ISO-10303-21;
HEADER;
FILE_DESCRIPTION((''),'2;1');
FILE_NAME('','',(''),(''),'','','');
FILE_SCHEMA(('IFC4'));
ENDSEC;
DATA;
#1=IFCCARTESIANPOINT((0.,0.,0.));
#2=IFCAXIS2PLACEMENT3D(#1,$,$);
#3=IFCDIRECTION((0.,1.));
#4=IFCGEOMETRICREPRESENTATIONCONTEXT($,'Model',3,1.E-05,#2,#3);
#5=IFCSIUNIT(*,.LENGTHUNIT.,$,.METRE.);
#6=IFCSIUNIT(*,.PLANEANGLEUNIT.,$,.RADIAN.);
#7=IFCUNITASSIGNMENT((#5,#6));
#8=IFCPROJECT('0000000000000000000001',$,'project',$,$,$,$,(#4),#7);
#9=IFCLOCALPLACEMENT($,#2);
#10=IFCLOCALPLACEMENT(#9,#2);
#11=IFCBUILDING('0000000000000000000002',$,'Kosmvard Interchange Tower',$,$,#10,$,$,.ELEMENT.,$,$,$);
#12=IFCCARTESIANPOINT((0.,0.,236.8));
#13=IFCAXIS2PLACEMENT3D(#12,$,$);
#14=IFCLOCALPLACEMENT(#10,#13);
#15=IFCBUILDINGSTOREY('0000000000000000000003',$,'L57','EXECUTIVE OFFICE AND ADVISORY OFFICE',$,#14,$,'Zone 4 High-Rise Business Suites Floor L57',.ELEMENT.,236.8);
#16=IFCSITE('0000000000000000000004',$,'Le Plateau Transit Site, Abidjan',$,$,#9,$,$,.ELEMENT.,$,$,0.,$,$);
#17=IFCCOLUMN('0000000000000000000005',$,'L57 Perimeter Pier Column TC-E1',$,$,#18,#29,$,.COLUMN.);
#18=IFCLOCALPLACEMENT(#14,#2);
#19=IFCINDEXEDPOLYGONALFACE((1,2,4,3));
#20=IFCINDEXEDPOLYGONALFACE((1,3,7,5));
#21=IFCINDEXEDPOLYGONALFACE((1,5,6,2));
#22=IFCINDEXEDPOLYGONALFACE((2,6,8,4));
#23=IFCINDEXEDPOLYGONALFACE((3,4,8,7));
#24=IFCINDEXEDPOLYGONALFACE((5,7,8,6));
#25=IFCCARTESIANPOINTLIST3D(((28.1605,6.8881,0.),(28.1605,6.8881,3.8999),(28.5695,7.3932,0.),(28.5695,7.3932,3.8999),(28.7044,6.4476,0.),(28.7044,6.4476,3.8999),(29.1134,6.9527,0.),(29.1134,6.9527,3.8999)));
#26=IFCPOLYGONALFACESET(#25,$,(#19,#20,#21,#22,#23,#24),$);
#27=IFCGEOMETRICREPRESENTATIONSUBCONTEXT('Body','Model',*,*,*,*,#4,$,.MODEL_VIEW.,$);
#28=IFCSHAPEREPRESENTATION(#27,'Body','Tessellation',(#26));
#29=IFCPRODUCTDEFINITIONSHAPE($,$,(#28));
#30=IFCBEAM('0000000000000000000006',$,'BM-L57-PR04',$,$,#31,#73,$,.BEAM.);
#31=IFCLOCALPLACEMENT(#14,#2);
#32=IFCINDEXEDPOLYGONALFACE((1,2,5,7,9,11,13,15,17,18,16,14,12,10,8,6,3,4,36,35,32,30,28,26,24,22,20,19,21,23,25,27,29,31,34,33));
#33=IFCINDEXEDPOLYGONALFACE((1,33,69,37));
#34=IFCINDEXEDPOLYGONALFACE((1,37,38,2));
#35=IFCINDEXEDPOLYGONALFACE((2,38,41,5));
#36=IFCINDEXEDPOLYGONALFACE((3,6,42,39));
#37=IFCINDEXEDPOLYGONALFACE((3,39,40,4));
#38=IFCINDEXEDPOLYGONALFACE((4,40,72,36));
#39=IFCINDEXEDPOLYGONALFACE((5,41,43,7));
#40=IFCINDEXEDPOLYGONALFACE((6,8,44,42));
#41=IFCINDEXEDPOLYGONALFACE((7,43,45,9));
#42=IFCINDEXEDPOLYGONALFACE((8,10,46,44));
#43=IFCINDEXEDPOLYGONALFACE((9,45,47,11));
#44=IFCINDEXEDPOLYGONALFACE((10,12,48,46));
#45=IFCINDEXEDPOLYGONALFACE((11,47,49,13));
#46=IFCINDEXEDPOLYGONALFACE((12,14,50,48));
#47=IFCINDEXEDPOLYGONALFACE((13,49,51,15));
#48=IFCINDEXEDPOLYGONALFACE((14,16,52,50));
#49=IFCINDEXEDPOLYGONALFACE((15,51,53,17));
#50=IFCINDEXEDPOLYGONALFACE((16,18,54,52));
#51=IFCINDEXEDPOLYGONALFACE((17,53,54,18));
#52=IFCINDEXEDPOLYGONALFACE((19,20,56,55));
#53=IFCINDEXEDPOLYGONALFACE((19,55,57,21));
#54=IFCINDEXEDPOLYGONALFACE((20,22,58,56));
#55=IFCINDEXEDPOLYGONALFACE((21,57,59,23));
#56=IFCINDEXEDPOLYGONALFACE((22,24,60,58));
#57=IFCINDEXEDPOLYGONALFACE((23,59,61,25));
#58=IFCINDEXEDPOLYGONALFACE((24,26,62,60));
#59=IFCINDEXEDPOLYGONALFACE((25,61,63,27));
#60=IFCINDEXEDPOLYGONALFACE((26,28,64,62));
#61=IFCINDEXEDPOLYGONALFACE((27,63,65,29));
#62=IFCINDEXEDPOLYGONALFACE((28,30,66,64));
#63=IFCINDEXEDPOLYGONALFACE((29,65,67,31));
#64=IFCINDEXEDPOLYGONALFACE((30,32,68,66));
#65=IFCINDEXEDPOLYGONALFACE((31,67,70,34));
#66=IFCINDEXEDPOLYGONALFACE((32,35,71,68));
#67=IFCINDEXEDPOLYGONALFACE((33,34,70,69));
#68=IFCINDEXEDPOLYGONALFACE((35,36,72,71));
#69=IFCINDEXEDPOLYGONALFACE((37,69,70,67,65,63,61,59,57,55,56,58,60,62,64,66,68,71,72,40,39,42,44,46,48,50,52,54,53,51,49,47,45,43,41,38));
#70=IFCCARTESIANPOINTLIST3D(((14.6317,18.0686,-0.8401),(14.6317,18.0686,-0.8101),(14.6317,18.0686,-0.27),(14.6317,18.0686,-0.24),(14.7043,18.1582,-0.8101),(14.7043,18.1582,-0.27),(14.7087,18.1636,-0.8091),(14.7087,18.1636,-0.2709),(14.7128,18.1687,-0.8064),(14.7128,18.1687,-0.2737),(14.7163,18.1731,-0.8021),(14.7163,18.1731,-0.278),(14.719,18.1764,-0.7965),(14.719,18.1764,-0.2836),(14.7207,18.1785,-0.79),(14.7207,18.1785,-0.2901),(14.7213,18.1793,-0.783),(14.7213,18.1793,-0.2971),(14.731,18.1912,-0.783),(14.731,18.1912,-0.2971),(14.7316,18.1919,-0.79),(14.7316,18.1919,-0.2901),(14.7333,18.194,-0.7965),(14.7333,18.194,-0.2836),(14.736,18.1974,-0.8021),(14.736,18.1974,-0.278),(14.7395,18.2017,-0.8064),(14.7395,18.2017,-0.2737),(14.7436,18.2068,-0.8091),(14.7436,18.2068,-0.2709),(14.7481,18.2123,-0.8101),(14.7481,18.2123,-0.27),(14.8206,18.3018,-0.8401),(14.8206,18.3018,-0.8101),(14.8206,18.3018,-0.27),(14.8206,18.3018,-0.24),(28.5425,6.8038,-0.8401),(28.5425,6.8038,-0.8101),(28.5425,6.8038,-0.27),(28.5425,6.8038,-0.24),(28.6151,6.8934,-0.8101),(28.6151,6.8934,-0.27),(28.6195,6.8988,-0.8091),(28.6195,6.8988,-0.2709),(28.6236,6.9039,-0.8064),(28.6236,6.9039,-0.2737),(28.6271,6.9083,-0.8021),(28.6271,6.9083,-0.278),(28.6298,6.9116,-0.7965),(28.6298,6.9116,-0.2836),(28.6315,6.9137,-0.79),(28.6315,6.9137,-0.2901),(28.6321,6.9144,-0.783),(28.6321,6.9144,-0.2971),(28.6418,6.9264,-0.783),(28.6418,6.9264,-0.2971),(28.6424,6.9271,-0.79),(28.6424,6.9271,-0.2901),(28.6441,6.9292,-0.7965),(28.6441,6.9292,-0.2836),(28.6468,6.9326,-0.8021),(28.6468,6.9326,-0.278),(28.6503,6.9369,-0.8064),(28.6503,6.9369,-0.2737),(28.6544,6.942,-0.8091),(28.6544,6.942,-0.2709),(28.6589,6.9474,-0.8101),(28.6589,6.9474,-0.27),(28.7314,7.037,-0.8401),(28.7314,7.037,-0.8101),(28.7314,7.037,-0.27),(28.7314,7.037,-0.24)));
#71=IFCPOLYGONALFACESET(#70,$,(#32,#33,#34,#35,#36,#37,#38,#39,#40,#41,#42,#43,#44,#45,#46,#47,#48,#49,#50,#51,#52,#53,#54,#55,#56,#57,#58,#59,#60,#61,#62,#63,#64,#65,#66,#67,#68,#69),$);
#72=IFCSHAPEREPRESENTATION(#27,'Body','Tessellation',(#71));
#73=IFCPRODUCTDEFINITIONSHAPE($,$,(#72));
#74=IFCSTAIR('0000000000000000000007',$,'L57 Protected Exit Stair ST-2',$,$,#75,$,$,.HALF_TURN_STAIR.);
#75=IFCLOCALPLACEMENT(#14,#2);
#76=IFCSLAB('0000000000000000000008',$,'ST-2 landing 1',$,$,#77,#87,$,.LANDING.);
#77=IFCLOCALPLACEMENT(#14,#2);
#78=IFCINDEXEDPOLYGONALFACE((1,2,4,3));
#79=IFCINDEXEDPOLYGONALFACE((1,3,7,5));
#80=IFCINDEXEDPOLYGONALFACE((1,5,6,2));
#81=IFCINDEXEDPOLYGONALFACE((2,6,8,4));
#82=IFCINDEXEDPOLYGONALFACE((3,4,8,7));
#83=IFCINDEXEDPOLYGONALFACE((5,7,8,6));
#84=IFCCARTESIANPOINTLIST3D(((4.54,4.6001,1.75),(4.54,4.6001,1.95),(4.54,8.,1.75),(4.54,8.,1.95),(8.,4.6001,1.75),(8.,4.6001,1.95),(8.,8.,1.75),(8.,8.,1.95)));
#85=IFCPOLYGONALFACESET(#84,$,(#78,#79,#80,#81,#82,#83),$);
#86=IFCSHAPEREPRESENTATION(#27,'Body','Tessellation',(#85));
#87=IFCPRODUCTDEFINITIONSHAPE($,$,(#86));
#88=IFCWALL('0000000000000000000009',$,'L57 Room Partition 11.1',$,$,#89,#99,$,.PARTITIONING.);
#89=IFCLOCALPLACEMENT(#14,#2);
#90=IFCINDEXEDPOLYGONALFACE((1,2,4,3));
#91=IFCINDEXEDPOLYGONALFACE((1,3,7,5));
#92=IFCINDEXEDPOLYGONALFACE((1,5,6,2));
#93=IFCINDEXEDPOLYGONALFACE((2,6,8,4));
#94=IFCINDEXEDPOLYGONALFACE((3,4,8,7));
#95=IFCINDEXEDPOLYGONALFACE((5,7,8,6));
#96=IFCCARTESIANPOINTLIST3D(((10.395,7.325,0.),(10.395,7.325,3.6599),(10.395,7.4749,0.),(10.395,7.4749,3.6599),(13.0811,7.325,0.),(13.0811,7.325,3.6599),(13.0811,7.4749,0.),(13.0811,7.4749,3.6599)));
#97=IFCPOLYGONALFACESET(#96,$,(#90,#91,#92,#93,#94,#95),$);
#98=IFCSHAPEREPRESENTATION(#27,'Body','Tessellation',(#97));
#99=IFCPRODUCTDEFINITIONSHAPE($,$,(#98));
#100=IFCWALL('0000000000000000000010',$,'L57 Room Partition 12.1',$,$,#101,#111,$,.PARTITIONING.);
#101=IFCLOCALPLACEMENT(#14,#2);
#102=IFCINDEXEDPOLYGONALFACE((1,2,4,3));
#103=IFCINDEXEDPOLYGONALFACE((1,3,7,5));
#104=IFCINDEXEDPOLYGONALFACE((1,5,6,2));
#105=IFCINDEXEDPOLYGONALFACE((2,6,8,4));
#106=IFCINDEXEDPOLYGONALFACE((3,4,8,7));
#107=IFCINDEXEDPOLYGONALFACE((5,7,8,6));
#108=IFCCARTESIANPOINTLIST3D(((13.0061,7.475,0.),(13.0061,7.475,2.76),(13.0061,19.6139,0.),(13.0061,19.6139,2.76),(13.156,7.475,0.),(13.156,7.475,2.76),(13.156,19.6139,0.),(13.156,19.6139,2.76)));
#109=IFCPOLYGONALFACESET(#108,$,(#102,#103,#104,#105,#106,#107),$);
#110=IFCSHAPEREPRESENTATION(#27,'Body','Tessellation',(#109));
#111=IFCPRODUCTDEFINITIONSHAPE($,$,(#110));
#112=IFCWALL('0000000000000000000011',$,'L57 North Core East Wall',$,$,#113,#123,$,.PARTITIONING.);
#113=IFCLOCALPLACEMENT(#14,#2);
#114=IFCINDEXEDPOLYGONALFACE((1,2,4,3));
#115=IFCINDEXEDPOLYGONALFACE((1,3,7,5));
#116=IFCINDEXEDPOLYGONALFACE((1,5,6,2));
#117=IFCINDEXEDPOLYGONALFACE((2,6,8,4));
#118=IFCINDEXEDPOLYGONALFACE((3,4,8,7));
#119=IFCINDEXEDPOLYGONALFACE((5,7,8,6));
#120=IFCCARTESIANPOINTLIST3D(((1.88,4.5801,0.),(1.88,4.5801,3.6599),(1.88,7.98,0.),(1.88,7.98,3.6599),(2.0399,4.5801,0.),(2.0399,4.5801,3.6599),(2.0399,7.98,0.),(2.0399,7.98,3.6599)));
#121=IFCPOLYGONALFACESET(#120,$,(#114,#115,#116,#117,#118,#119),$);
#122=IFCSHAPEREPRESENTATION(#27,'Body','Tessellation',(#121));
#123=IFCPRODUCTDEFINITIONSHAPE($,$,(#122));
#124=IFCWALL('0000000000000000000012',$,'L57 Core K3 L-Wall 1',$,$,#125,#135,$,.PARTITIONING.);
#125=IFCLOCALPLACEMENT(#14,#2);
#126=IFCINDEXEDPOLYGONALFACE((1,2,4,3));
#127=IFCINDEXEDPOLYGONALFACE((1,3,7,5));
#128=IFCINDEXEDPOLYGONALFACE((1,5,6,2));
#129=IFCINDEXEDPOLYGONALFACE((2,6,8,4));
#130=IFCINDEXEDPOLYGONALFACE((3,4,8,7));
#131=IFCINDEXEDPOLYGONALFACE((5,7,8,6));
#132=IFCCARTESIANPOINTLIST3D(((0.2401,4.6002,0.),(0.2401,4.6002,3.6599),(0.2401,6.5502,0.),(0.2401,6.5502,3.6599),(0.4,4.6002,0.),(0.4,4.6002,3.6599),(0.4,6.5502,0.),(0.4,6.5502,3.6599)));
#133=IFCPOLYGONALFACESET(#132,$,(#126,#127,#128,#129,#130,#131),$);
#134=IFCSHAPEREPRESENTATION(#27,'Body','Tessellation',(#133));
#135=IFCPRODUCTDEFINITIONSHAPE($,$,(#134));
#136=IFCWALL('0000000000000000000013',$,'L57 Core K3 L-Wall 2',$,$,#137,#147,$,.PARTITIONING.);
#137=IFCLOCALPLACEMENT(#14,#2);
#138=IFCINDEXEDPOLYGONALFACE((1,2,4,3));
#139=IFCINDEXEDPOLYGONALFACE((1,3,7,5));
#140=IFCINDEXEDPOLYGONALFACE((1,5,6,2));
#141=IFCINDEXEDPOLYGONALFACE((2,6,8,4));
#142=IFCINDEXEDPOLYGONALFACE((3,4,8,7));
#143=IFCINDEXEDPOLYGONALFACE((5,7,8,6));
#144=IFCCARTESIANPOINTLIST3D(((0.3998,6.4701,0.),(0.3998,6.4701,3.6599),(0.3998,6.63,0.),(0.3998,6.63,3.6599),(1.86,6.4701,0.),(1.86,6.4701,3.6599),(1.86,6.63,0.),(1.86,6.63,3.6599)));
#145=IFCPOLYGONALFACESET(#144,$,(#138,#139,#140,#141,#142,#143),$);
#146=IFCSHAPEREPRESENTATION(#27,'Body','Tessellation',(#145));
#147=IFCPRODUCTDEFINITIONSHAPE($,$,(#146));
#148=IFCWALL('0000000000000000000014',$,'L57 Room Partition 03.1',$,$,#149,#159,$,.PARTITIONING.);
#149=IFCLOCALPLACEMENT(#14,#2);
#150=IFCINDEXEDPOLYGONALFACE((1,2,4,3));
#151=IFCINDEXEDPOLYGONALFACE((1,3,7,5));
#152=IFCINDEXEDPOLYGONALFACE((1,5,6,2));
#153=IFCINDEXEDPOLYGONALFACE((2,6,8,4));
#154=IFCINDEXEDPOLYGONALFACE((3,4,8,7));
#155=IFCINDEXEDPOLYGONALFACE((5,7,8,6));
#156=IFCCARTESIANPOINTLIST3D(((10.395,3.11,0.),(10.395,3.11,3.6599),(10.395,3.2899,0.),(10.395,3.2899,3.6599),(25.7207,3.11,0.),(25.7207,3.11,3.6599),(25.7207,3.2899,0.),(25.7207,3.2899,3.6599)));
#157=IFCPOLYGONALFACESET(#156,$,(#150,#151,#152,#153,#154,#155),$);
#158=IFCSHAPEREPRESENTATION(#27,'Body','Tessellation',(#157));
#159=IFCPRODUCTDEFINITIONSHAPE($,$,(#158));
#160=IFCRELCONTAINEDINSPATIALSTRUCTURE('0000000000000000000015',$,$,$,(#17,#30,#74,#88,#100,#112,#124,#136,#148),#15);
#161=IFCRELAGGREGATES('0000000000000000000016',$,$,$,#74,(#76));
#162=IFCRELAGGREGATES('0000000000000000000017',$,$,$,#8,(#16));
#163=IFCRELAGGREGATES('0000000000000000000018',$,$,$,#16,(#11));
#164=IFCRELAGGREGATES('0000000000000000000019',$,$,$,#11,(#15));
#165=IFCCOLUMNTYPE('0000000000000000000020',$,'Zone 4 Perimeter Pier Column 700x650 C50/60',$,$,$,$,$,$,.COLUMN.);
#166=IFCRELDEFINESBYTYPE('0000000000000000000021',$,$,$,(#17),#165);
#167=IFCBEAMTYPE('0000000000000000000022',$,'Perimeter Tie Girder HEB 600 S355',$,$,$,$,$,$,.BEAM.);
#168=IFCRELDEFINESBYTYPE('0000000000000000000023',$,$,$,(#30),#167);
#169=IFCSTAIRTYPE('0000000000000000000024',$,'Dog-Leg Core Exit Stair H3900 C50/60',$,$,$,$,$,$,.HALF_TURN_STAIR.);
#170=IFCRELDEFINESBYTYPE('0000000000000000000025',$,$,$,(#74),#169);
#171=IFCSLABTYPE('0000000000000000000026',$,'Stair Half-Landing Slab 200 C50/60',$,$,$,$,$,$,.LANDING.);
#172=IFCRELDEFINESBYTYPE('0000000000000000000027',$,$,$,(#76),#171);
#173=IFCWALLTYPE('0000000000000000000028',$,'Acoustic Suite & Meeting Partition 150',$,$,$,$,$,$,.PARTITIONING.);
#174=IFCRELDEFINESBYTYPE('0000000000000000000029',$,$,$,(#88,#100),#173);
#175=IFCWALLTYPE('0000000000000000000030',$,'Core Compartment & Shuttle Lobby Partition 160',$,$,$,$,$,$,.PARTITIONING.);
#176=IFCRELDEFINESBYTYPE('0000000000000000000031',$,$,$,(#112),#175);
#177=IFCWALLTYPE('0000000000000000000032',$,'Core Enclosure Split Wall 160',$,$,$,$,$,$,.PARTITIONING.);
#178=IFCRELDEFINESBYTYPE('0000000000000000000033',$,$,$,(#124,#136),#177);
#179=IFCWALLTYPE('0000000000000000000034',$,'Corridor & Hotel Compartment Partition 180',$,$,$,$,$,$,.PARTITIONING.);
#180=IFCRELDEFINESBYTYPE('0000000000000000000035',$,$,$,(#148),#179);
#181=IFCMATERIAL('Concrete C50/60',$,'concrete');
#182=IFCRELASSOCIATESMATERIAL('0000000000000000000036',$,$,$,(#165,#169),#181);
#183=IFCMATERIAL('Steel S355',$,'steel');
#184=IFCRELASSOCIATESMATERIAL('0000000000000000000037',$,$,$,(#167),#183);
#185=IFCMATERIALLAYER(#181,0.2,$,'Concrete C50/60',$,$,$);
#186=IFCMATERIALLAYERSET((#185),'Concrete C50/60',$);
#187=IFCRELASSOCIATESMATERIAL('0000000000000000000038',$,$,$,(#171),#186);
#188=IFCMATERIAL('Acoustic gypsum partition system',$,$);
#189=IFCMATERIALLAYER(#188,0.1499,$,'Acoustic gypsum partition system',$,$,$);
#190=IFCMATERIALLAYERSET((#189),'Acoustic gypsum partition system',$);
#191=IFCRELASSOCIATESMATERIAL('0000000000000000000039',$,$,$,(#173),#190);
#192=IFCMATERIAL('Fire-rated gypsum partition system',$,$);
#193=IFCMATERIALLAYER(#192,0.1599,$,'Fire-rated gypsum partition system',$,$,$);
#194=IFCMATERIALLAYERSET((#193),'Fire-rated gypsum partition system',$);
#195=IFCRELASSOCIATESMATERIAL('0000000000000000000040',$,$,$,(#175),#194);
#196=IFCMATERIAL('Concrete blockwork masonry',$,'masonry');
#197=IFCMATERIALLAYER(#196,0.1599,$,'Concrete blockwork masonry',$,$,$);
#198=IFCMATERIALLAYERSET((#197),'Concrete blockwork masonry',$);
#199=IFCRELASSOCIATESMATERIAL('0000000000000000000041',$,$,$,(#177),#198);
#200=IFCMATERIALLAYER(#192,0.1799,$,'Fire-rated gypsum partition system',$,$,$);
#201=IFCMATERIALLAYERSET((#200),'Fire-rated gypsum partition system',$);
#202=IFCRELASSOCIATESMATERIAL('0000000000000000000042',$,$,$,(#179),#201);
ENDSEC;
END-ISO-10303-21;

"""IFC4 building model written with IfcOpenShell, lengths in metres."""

from ifc_helpers import new_model, si_unit, direction, frame, frame_2d, origin, origin_2d, place, context, subcontext, project, spatial, polyline, rectangle, i_section, outline, extrude, source, transform, mapped, material, layer, layer_set, material_profile, profile_set, type_object, element, aggregate, save


model = new_model("IFC4")

# Units and contexts
model_context = context("Model", 3, precision=1e-05, world=origin(), true_north=direction((0.0, 1.0)))
body_context = subcontext(model_context, "Body", "Model", "MODEL_VIEW")
ifc_project = project(units=[si_unit("LENGTHUNIT", "METRE"), si_unit("PLANEANGLEUNIT", "RADIAN")], contexts=[model_context])

# Site, building, storey
site_placement = place(None, origin())
site = spatial("IfcSite", under=ifc_project, at=site_placement, Name="Le Plateau Transit Site, Abidjan", CompositionType="ELEMENT", RefElevation=0.0)
building_placement = place(site_placement, origin())
building = spatial("IfcBuilding", under=site, at=building_placement, Name="Kosmvard Interchange Tower", CompositionType="ELEMENT")
storey_placement = place(building_placement, frame((0.0, 0.0, 236.8)))
storey = spatial("IfcBuildingStorey", under=building, at=storey_placement, Name="L57", Description="EXECUTIVE OFFICE AND ADVISORY OFFICE", LongName="Zone 4 High-Rise Business Suites Floor L57", CompositionType="ELEMENT", Elevation=236.8)

# Column
ifc_material_1 = material(Name="Concrete C50/60", Category="concrete")
ifc_material_profile_1 = material_profile(ifc_material_1, rectangle(XDim=0.6499, YDim=0.7, at=origin_2d()), Name="TC 700x650")
ifc_profile_set_1 = profile_set([ifc_material_profile_1], Name="Concrete C50/60")
column_type = type_object("IfcColumnType", Name="Zone 4 Perimeter Pier Column 700x650 C50/60", PredefinedType="COLUMN", material=ifc_profile_set_1)
shared_shape_1 = source(origin(), body_context, "Body", "SweptSolid", [
    extrude(rectangle(XDim=0.6499, YDim=0.7, at=origin_2d()), origin(), (0.0, 0.0, 1.0), 3.8999),
])
column_placement = place(storey_placement, frame((28.637, 6.9204, 0.0), z_axis=(0.0, 0.0, 1.0), x_axis=(0.62932, 0.777146, 0.0)))
element("IfcColumn", 1, at=column_placement, inside=storey, type_object=column_type, Name="L57 Perimeter Pier Column TC-E1", PredefinedType="COLUMN", context=body_context, shape_type="MappedRepresentation", body=[
    mapped(shared_shape_1, transform((0.0, 0.0, 0.0), scale=1.0)),
])

# Beam
ifc_material_2 = material(Name="Steel S355", Category="steel")
ifc_material_profile_2 = material_profile(ifc_material_2, i_section(OverallWidth=0.3, OverallDepth=0.6001, WebThickness=0.0154, FlangeThickness=0.03, FilletRadius=0.0271, at=origin_2d()), Name="HEB 600")
ifc_profile_set_2 = profile_set([ifc_material_profile_2], Name="Steel S355")
beam_type = type_object("IfcBeamType", Name="Perimeter Tie Girder HEB 600 S355", PredefinedType="BEAM", material=ifc_profile_set_2)
shared_shape_2 = source(origin(), body_context, "Body", "SweptSolid", [
    extrude(i_section(OverallWidth=0.3, OverallDepth=0.6001, WebThickness=0.0154, FlangeThickness=0.03, FilletRadius=0.0271, at=origin_2d()), origin(), (0.0, 0.0, 1.0), 17.8999),
])
beam_placement = place(storey_placement, frame((28.637, 6.9204, -0.54), z_axis=(-0.777144, 0.629323, 0.0), x_axis=(-0.629323, -0.777144, 0.0)))
element("IfcBeam", 2, at=beam_placement, inside=storey, type_object=beam_type, Name="BM-L57-PR04", PredefinedType="BEAM", context=body_context, shape_type="MappedRepresentation", body=[
    mapped(shared_shape_2, transform((0.0, 0.0, 0.0), scale=1.0)),
])

# Stair, slab
stair_type = type_object("IfcStairType", Name="Dog-Leg Core Exit Stair H3900 C50/60", PredefinedType="HALF_TURN_STAIR", material=ifc_material_1)
stair_placement = place(storey_placement, origin())
stair = element("IfcStair", 3, at=stair_placement, inside=storey, type_object=stair_type, Name="L57 Protected Exit Stair ST-2", PredefinedType="HALF_TURN_STAIR")
ifc_layer_1 = layer(ifc_material_1, 0.2, Name="Concrete C50/60")
ifc_layer_set_1 = layer_set([ifc_layer_1], Name="Concrete C50/60")
slab_type = type_object("IfcSlabType", Name="Stair Half-Landing Slab 200 C50/60", PredefinedType="LANDING", material=ifc_layer_set_1)
slab_placement = place(storey_placement, frame((0.0, 0.0, 1.75)))
slab = element("IfcSlab", 4, at=slab_placement, type_object=slab_type, Name="ST-2 landing 1", PredefinedType="LANDING", context=body_context, shape_type="SweptSolid", body=[
    extrude(outline(polyline([(8.0, 4.6001), (8.0, 8.0), (4.54, 8.0), (4.54, 4.6001), (8.0, 4.6001)])), origin(), (0.0, 0.0, 1.0), 0.2),
])

# Walls
ifc_material_3 = material(Name="Acoustic gypsum partition system")
ifc_layer_2 = layer(ifc_material_3, 0.1499, Name="Acoustic gypsum partition system")
ifc_layer_set_2 = layer_set([ifc_layer_2], Name="Acoustic gypsum partition system")
wall_type_1 = type_object("IfcWallType", Name="Acoustic Suite & Meeting Partition 150", PredefinedType="PARTITIONING", material=ifc_layer_set_2)
wall_1_placement = place(storey_placement, frame((10.395, 7.3999, 0.0), z_axis=(0.0, 0.0, 1.0), x_axis=(1.0, 0.0, 0.0)))
element("IfcWall", 5, at=wall_1_placement, inside=storey, type_object=wall_type_1, Name="L57 Room Partition 11.1", PredefinedType="PARTITIONING", context=body_context, shape_type="SweptSolid", body=[
    extrude(rectangle(XDim=2.686, YDim=0.1499, at=frame_2d((1.343, 0.0))), origin(), (0.0, 0.0, 1.0), 3.6599),
])
wall_2_placement = place(storey_placement, frame((13.0811, 7.4751, 0.0), z_axis=(0.0, 0.0, 1.0), x_axis=(0.0, 1.0, 0.0)))
element("IfcWall", 6, at=wall_2_placement, inside=storey, type_object=wall_type_1, Name="L57 Room Partition 12.1", PredefinedType="PARTITIONING", context=body_context, shape_type="SweptSolid", body=[
    extrude(rectangle(XDim=12.1389, YDim=0.1499, at=frame_2d((6.0693, 0.0))), origin(), (0.0, 0.0, 1.0), 2.76),
])
ifc_material_4 = material(Name="Fire-rated gypsum partition system")
ifc_layer_3 = layer(ifc_material_4, 0.1599, Name="Fire-rated gypsum partition system")
ifc_layer_set_3 = layer_set([ifc_layer_3], Name="Fire-rated gypsum partition system")
wall_type_2 = type_object("IfcWallType", Name="Core Compartment & Shuttle Lobby Partition 160", PredefinedType="PARTITIONING", material=ifc_layer_set_3)
wall_3_placement = place(storey_placement, frame((1.96, 4.5801, 0.0), z_axis=(0.0, 0.0, 1.0), x_axis=(0.0, 1.0, 0.0)))
element("IfcWall", 7, at=wall_3_placement, inside=storey, type_object=wall_type_2, Name="L57 North Core East Wall", PredefinedType="PARTITIONING", context=body_context, shape_type="SweptSolid", body=[
    extrude(rectangle(XDim=3.3999, YDim=0.1599, at=frame_2d((1.7, 0.0))), origin(), (0.0, 0.0, 1.0), 3.6599),
])
ifc_material_5 = material(Name="Concrete blockwork masonry", Category="masonry")
ifc_layer_4 = layer(ifc_material_5, 0.1599, Name="Concrete blockwork masonry")
ifc_layer_set_4 = layer_set([ifc_layer_4], Name="Concrete blockwork masonry")
wall_type_3 = type_object("IfcWallType", Name="Core Enclosure Split Wall 160", PredefinedType="PARTITIONING", material=ifc_layer_set_4)
wall_4_placement = place(storey_placement, frame((0.3201, 4.6001, 0.0), z_axis=(0.0, 0.0, 1.0), x_axis=(0.0, 1.0, 0.0)))
element("IfcWall", 8, at=wall_4_placement, inside=storey, type_object=wall_type_3, Name="L57 Core K3 L-Wall 1", PredefinedType="PARTITIONING", context=body_context, shape_type="SweptSolid", body=[
    extrude(rectangle(XDim=1.95, YDim=0.1599, at=frame_2d((0.9751, 0.0))), origin(), (0.0, 0.0, 1.0), 3.6599),
])
wall_5_placement = place(storey_placement, frame((0.3999, 6.55, 0.0), z_axis=(0.0, 0.0, 1.0), x_axis=(1.0, 0.0, 0.0)))
element("IfcWall", 9, at=wall_5_placement, inside=storey, type_object=wall_type_3, Name="L57 Core K3 L-Wall 2", PredefinedType="PARTITIONING", context=body_context, shape_type="SweptSolid", body=[
    extrude(rectangle(XDim=1.4602, YDim=0.1599, at=frame_2d((0.73, 0.0))), origin(), (0.0, 0.0, 1.0), 3.6599),
])
ifc_layer_5 = layer(ifc_material_4, 0.1799, Name="Fire-rated gypsum partition system")
ifc_layer_set_5 = layer_set([ifc_layer_5], Name="Fire-rated gypsum partition system")
wall_type_4 = type_object("IfcWallType", Name="Corridor & Hotel Compartment Partition 180", PredefinedType="PARTITIONING", material=ifc_layer_set_5)
wall_6_placement = place(storey_placement, frame((10.395, 3.2, 0.0), z_axis=(0.0, 0.0, 1.0), x_axis=(1.0, 0.0, 0.0)))
element("IfcWall", 10, at=wall_6_placement, inside=storey, type_object=wall_type_4, Name="L57 Room Partition 03.1", PredefinedType="PARTITIONING", context=body_context, shape_type="SweptSolid", body=[
    extrude(rectangle(XDim=15.3257, YDim=0.1799, at=frame_2d((7.6628, 0.0))), origin(), (0.0, 0.0, 1.0), 3.6599),
])

aggregate(stair, [slab])

save(model, "model.ifc")
